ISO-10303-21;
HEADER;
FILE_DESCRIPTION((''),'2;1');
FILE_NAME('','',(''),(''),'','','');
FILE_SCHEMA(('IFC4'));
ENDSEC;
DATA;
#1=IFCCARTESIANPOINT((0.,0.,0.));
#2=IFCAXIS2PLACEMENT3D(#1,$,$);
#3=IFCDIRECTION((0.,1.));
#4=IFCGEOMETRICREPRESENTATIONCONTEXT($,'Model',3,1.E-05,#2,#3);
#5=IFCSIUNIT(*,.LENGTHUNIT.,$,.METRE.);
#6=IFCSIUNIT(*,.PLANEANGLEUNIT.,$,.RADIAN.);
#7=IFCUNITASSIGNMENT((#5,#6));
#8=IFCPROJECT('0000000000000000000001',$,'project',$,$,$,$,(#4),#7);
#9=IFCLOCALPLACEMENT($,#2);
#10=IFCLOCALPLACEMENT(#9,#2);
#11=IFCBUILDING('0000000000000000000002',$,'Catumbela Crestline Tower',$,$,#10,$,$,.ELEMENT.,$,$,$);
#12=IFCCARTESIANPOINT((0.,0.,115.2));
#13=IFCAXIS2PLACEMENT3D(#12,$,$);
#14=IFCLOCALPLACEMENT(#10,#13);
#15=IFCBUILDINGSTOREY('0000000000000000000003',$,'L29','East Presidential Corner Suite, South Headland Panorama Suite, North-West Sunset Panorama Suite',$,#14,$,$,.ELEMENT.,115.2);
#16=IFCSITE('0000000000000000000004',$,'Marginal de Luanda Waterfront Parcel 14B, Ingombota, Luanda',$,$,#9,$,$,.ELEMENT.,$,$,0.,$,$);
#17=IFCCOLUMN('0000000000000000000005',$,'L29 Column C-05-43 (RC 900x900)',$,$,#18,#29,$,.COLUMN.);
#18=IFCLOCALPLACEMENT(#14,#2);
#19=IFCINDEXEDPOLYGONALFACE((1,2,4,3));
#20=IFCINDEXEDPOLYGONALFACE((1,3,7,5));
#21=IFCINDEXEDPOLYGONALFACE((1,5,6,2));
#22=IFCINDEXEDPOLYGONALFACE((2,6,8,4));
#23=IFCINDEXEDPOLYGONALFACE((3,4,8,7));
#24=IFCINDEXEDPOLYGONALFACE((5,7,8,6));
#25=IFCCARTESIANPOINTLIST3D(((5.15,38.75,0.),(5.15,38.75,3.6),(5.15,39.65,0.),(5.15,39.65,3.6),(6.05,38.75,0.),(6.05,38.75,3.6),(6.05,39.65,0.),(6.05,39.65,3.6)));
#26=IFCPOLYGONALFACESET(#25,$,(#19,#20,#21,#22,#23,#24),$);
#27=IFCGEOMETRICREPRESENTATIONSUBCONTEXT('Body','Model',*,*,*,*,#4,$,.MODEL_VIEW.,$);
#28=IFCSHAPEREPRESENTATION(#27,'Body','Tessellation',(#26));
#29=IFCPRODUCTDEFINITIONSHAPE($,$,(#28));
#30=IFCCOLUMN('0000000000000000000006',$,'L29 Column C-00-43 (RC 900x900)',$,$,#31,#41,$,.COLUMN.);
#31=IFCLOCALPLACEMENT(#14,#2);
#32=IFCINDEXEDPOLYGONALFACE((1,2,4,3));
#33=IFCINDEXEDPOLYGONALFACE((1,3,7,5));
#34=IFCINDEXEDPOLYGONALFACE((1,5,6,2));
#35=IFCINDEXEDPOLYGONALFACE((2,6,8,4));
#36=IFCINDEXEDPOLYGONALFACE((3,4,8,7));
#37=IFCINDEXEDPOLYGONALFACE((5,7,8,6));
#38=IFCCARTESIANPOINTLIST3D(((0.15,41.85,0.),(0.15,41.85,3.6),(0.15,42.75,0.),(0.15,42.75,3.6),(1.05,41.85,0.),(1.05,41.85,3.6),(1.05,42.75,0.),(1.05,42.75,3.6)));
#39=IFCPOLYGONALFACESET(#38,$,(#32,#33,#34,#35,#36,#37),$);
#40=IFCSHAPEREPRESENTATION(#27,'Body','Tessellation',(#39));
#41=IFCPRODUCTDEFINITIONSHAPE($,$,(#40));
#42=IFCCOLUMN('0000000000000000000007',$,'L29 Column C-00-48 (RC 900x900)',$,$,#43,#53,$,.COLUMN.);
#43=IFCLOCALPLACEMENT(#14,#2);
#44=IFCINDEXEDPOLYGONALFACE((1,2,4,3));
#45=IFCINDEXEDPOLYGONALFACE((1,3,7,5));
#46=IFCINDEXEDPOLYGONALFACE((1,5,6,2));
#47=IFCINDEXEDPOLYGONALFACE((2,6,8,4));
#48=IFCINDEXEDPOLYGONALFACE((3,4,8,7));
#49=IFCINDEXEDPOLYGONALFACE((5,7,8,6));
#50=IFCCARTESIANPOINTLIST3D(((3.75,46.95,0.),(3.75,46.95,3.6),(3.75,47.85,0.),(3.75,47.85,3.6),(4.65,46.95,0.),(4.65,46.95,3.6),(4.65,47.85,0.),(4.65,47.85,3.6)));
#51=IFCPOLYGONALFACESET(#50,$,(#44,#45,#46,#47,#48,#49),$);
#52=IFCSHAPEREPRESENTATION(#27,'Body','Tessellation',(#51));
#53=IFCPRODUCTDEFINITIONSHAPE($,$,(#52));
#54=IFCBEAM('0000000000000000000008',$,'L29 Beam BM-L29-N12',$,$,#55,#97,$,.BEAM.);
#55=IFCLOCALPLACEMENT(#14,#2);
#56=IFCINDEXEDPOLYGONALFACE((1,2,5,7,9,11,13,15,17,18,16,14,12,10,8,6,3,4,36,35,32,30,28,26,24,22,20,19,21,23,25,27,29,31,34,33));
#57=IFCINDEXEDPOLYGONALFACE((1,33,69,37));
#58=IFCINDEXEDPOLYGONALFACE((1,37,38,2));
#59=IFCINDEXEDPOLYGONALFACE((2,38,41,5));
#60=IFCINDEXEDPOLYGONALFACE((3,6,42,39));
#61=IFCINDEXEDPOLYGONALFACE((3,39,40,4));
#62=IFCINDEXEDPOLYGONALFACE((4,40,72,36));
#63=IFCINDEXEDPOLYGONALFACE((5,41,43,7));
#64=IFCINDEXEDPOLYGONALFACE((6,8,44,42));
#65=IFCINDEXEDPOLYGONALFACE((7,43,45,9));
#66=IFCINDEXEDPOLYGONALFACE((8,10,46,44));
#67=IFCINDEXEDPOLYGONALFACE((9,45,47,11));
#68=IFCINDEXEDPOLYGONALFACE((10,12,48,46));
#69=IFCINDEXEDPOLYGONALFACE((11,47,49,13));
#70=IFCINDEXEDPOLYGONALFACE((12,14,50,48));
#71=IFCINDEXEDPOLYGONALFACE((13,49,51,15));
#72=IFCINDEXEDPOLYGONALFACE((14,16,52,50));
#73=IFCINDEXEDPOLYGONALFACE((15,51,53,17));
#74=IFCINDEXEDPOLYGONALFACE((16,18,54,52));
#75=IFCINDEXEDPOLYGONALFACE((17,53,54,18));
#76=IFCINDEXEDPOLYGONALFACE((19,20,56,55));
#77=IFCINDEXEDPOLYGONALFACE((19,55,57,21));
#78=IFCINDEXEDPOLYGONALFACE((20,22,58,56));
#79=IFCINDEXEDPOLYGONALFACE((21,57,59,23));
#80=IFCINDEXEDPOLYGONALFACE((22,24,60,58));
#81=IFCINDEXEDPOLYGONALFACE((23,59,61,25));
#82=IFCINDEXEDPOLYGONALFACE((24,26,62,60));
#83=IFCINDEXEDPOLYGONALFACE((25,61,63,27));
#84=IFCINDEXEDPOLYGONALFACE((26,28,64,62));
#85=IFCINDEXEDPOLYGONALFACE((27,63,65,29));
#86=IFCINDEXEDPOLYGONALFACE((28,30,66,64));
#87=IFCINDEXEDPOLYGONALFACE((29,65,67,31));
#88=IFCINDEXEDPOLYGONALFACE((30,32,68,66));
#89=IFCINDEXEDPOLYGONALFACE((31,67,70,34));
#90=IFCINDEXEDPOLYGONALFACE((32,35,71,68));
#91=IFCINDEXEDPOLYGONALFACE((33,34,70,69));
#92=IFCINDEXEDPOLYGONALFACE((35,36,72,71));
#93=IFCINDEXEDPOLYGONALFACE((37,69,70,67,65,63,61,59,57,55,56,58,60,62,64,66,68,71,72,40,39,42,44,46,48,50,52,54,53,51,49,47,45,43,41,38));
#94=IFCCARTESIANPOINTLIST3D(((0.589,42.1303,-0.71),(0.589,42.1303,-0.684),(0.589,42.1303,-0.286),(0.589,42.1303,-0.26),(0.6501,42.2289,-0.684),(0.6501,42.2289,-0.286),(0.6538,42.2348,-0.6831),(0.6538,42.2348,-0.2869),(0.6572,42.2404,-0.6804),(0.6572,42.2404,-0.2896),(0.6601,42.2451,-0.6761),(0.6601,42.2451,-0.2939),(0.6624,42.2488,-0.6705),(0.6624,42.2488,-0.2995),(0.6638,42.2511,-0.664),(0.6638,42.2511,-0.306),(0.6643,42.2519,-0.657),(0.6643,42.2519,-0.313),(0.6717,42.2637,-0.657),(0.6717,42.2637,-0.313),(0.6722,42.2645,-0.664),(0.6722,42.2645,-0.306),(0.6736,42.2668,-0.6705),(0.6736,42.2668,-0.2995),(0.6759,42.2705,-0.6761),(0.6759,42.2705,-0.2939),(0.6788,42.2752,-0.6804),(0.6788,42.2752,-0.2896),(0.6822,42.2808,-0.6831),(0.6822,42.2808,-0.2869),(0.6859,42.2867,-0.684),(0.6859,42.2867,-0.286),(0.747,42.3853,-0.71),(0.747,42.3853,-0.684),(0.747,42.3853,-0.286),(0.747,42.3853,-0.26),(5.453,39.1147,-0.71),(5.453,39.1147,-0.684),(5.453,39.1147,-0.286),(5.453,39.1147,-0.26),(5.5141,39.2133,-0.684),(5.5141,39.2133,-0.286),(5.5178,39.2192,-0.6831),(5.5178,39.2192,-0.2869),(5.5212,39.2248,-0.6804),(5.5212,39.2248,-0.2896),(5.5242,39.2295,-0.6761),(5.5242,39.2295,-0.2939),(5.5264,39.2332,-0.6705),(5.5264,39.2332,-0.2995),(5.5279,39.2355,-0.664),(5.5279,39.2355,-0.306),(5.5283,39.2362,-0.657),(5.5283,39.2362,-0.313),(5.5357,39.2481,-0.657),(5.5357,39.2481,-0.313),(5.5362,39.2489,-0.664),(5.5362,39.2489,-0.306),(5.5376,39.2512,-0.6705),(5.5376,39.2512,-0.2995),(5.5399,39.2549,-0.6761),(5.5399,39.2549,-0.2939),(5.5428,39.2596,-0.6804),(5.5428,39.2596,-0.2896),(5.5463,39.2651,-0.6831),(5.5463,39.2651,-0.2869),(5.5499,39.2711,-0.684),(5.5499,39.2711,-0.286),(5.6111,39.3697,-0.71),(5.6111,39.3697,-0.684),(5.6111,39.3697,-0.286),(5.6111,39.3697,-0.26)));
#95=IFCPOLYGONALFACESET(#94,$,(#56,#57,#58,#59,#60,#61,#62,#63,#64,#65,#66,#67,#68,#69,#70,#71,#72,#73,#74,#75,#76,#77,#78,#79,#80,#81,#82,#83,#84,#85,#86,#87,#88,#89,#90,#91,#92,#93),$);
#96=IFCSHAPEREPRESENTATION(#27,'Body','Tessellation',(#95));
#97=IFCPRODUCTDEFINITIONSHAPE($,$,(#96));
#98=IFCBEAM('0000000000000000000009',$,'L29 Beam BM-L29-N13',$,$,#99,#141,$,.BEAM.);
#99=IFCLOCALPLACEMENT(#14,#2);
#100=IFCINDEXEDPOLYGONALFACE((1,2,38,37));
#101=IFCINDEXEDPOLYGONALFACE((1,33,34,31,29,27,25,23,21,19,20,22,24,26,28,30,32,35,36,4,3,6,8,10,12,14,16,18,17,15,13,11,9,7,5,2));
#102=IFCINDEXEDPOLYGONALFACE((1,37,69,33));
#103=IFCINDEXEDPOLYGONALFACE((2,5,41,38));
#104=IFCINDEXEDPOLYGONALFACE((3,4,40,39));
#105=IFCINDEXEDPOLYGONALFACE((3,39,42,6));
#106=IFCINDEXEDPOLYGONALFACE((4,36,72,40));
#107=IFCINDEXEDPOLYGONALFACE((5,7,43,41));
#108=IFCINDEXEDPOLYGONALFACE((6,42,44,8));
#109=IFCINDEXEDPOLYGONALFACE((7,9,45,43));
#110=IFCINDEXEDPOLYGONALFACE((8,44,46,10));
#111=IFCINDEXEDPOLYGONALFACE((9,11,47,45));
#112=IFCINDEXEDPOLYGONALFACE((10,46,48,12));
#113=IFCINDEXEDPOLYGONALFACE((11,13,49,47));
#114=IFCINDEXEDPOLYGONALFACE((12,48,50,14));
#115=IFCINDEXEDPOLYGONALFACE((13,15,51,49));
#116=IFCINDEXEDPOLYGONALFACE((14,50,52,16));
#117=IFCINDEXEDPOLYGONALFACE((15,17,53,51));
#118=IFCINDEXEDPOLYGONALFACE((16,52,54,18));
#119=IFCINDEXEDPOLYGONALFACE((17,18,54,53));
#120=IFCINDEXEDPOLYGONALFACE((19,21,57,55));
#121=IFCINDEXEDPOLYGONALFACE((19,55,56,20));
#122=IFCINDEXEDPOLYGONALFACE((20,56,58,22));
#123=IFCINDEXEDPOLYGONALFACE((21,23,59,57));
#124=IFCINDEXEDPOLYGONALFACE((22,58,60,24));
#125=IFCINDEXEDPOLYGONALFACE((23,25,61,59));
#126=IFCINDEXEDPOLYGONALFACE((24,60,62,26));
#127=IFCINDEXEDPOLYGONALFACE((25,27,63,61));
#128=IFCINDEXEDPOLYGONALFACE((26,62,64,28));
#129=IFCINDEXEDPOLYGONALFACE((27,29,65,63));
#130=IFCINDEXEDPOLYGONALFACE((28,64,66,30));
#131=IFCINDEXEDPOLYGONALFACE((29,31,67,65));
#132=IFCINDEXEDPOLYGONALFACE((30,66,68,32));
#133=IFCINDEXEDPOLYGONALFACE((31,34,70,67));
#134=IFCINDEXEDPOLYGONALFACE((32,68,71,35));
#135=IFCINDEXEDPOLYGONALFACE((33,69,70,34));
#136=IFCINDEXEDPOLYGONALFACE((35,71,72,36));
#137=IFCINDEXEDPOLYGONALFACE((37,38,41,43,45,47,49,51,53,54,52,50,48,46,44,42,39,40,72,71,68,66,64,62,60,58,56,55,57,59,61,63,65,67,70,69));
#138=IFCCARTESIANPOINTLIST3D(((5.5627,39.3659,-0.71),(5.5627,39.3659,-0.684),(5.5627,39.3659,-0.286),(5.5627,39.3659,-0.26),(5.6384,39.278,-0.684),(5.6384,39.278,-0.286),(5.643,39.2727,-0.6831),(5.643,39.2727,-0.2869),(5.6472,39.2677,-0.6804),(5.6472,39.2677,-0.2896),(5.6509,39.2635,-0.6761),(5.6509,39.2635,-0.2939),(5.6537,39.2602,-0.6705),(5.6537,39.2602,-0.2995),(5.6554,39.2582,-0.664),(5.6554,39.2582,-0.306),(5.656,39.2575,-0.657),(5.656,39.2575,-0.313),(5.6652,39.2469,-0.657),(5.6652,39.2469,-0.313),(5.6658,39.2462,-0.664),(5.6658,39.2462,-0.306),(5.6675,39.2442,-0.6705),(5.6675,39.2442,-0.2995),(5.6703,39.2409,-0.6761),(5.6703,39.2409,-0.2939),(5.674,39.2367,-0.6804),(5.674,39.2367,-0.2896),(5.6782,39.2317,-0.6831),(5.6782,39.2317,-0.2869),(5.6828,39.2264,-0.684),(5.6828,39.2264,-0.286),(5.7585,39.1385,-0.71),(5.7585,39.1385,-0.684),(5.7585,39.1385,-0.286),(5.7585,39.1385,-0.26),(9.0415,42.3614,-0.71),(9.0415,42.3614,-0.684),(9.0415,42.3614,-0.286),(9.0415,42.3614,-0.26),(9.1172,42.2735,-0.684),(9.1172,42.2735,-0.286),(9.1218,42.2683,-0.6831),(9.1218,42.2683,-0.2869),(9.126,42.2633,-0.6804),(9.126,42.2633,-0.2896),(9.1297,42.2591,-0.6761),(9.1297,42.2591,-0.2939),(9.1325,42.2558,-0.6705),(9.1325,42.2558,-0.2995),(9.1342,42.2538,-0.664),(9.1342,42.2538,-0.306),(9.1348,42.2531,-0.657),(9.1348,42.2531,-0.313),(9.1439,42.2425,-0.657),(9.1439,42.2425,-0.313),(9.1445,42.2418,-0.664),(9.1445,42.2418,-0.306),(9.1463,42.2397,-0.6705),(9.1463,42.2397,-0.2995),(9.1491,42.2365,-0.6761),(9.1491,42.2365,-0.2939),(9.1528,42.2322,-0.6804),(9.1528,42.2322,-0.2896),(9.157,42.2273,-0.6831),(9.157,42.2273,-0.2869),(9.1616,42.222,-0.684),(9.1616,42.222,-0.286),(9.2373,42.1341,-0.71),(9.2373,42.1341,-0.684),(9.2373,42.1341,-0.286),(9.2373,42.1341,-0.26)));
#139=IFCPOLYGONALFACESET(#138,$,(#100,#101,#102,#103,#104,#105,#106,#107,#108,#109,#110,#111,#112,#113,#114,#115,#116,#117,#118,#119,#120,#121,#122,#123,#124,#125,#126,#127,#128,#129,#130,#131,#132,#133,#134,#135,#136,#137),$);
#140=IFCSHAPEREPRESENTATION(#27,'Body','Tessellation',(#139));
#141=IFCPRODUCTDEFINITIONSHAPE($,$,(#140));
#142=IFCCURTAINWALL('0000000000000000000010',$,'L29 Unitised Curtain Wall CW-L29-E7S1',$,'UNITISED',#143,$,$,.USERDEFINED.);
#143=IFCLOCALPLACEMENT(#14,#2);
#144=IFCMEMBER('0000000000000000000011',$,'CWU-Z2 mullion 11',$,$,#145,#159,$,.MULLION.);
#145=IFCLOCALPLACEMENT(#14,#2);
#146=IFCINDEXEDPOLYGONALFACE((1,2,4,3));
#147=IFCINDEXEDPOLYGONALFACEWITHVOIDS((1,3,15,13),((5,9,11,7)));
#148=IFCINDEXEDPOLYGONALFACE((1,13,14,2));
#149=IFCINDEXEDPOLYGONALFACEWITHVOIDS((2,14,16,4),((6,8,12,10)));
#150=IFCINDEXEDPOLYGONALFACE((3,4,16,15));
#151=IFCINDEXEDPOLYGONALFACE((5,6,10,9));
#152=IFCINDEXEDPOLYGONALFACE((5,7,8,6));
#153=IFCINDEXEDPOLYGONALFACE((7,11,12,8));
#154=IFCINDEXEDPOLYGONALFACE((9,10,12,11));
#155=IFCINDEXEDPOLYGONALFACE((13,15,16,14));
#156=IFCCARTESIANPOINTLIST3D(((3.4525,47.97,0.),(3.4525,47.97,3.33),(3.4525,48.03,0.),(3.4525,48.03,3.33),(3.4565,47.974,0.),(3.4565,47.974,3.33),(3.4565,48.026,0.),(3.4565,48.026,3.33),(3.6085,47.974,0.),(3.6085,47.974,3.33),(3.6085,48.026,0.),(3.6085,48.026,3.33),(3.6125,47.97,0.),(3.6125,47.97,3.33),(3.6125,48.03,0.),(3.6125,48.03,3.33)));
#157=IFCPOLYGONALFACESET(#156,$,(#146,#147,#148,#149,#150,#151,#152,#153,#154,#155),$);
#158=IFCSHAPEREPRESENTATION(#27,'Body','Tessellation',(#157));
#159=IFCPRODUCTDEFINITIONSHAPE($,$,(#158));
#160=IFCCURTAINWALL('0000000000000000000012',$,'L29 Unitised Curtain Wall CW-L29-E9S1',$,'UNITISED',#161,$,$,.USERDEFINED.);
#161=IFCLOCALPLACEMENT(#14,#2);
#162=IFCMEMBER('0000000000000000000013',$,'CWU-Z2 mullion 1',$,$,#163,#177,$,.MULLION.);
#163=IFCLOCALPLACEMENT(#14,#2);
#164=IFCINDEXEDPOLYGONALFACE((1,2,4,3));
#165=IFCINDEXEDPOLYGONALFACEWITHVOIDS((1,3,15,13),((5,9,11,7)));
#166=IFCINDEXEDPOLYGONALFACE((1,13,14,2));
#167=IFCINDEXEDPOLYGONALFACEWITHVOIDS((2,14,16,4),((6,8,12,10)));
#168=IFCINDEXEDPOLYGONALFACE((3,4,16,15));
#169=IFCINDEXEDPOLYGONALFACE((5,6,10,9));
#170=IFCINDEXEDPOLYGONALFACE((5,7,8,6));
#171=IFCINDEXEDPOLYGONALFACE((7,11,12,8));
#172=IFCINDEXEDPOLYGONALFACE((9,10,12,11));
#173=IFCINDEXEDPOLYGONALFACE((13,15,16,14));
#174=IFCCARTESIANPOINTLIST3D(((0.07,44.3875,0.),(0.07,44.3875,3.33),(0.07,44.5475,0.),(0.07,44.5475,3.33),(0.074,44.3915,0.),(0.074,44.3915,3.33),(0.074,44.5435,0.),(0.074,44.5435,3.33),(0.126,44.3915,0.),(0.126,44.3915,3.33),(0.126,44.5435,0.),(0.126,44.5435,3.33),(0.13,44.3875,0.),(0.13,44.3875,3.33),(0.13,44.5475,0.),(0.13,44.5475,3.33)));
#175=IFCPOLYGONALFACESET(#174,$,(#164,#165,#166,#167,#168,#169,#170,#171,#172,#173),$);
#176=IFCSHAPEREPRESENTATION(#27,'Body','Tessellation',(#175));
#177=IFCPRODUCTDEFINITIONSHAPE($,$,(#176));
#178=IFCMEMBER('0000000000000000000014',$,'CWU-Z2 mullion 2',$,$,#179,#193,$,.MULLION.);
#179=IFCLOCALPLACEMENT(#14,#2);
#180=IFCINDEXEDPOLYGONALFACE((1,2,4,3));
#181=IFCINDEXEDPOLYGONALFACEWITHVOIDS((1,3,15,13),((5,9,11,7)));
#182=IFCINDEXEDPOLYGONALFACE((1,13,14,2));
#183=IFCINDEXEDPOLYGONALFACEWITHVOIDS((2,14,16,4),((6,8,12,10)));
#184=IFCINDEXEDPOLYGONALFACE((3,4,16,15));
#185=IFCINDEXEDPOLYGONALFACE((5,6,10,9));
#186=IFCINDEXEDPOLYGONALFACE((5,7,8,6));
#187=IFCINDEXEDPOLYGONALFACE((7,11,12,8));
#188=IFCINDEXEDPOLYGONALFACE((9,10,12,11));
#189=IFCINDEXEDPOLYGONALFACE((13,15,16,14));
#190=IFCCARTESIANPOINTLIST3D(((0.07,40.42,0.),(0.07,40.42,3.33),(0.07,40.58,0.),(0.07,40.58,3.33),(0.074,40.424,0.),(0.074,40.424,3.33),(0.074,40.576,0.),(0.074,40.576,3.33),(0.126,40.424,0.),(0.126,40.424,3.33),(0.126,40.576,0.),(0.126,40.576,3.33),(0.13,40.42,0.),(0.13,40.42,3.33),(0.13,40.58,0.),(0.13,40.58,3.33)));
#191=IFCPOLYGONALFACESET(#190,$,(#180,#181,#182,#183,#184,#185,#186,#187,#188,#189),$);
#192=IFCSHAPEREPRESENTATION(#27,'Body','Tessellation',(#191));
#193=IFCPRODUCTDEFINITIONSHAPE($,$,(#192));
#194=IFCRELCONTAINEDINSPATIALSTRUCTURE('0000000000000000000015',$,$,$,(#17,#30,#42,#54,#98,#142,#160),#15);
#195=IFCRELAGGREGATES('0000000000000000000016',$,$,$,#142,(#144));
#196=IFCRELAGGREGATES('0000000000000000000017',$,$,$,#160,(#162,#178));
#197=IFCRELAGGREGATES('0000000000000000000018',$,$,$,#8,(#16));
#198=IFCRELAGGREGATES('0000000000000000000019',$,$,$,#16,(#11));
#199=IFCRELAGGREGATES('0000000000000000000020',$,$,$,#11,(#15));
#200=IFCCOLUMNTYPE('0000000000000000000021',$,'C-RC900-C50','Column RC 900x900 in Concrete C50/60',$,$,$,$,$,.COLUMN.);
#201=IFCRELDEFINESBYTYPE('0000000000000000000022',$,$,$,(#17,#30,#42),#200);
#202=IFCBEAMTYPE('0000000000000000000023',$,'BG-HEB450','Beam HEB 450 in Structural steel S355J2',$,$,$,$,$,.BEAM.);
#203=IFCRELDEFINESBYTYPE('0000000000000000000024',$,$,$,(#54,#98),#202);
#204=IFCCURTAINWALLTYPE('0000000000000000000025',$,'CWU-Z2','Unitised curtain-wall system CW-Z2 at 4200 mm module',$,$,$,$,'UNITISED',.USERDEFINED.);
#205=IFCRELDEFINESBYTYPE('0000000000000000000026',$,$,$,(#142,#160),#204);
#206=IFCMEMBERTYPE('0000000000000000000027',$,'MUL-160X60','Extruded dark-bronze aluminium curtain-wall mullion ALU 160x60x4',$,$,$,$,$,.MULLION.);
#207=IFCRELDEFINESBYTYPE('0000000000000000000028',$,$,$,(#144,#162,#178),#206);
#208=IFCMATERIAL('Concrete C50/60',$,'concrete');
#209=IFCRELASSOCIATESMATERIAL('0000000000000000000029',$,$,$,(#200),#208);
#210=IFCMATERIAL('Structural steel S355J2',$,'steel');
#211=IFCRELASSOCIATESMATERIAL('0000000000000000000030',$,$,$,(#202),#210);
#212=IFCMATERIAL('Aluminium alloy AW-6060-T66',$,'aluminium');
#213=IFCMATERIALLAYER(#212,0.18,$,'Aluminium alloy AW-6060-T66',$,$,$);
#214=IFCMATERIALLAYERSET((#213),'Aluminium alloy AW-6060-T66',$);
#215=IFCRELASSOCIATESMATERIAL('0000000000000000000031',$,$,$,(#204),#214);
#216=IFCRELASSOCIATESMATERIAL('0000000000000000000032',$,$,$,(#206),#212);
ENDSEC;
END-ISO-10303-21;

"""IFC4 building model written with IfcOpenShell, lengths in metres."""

from ifc_helpers import new_model, si_unit, direction, frame, origin, origin_2d, place, context, subcontext, project, spatial, rectangle, hollow_rectangle, i_section, extrude, material, layer, layer_set, material_profile, profile_set, type_object, element, aggregate, save


model = new_model("IFC4")

# Units and contexts
model_context = context("Model", 3, precision=1e-05, world=origin(), true_north=direction((0.0, 1.0)))
body_context = subcontext(model_context, "Body", "Model", "MODEL_VIEW")
ifc_project = project(units=[si_unit("LENGTHUNIT", "METRE"), si_unit("PLANEANGLEUNIT", "RADIAN")], contexts=[model_context])

# Site, building, storey
site_placement = place(None, origin())
site = spatial("IfcSite", under=ifc_project, at=site_placement, Name="Marginal de Luanda Waterfront Parcel 14B, Ingombota, Luanda", CompositionType="ELEMENT", RefElevation=0.0)
building_placement = place(site_placement, origin())
building = spatial("IfcBuilding", under=site, at=building_placement, Name="Catumbela Crestline Tower", CompositionType="ELEMENT")
storey_placement = place(building_placement, frame((0.0, 0.0, 115.2)))
storey = spatial("IfcBuildingStorey", under=building, at=storey_placement, Name="L29", Description="East Presidential Corner Suite, South Headland Panorama Suite, North-West Sunset Panorama Suite", CompositionType="ELEMENT", Elevation=115.2)

# Columns
ifc_material_1 = material(Name="Concrete C50/60", Category="concrete")
ifc_material_profile_1 = material_profile(ifc_material_1, rectangle(XDim=0.9, YDim=0.9, at=origin_2d()), Name="RC 900x900")
ifc_profile_set_1 = profile_set([ifc_material_profile_1], Name="Concrete C50/60")
column_type = type_object("IfcColumnType", Name="C-RC900-C50", Description="Column RC 900x900 in Concrete C50/60", PredefinedType="COLUMN", material=ifc_profile_set_1)
for number, where, z_axis, x_axis, name in (
    (1, (5.6, 39.2, 0.0), (0.0, 0.0, 1.0), (1.0, 0.0, 0.0), "L29 Column C-05-43 (RC 900x900)"),
    (2, (0.6, 42.3, 0.0), (0.0, 0.0, 1.0), (1.0, 0.0, 0.0), "L29 Column C-00-43 (RC 900x900)"),
    (3, (4.2, 47.4, 0.0), (0.0, 0.0, 1.0), (1.0, 0.0, 0.0), "L29 Column C-00-48 (RC 900x900)"),
):
    element("IfcColumn", number, at=place(storey_placement, frame(where, z_axis=z_axis, x_axis=x_axis)), inside=storey, type_object=column_type, Name=name, PredefinedType="COLUMN", context=body_context, shape_type="SweptSolid", body=[
        extrude(rectangle(XDim=0.9, YDim=0.9, at=origin_2d()), origin(), (0.0, 0.0, 1.0), 3.6),
    ])

# Beams
ifc_material_2 = material(Name="Structural steel S355J2", Category="steel")
ifc_material_profile_2 = material_profile(ifc_material_2, i_section(OverallWidth=0.3, OverallDepth=0.45, WebThickness=0.014, FlangeThickness=0.026, FilletRadius=0.027, at=origin_2d()), Name="HEB 450")
ifc_profile_set_2 = profile_set([ifc_material_profile_2], Name="Structural steel S355J2")
beam_type_1 = type_object("IfcBeamType", Name="BG-HEB450", Description="Beam HEB 450 in Structural steel S355J2", PredefinedType="BEAM", material=ifc_profile_set_2)
beam_1_placement = place(storey_placement, frame((0.668, 42.2578, -0.485), z_axis=(0.849909, -0.52693, 0.0), x_axis=(0.52693, 0.849909, 0.0)))
element("IfcBeam", 4, at=beam_1_placement, inside=storey, type_object=beam_type_1, Name="L29 Beam BM-L29-N12", PredefinedType="BEAM", context=body_context, shape_type="SweptSolid", body=[
    extrude(i_section(OverallWidth=0.3, OverallDepth=0.45, WebThickness=0.014, FlangeThickness=0.026, FilletRadius=0.027, at=origin_2d()), origin(), (0.0, 0.0, 1.0), 5.723),
])
beam_2_placement = place(storey_placement, frame((5.6606, 39.2522, -0.485), z_axis=(0.757772, 0.652519, 0.0), x_axis=(-0.652519, 0.757772, 0.0)))
element("IfcBeam", 5, at=beam_2_placement, inside=storey, type_object=beam_type_1, Name="L29 Beam BM-L29-N13", PredefinedType="BEAM", context=body_context, shape_type="SweptSolid", body=[
    extrude(i_section(OverallWidth=0.3, OverallDepth=0.45, WebThickness=0.014, FlangeThickness=0.026, FilletRadius=0.027, at=origin_2d()), origin(), (0.0, 0.0, 1.0), 4.5908),
])

# Curtain wall, member
ifc_material_3 = material(Name="Aluminium alloy AW-6060-T66", Category="aluminium")
ifc_layer_1 = layer(ifc_material_3, 0.18, Name="Aluminium alloy AW-6060-T66")
ifc_layer_set_1 = layer_set([ifc_layer_1], Name="Aluminium alloy AW-6060-T66")
curtain_wall_type = type_object("IfcCurtainWallType", Name="CWU-Z2", Description="Unitised curtain-wall system CW-Z2 at 4200 mm module", ElementType="UNITISED", PredefinedType="USERDEFINED", material=ifc_layer_set_1)
curtain_wall_1_placement = place(storey_placement, origin())
curtain_wall_1 = element("IfcCurtainWall", 6, at=curtain_wall_1_placement, inside=storey, type_object=curtain_wall_type, Name="L29 Unitised Curtain Wall CW-L29-E7S1", ObjectType="UNITISED", PredefinedType="USERDEFINED")
ifc_material_profile_3 = material_profile(ifc_material_3, hollow_rectangle(XDim=0.06, YDim=0.16, WallThickness=0.004, at=origin_2d()), Name="ALU 160x60x4")
ifc_profile_set_3 = profile_set([ifc_material_profile_3], Name="Aluminium alloy AW-6060-T66")
member_type_1 = type_object("IfcMemberType", Name="MUL-160X60", Description="Extruded dark-bronze aluminium curtain-wall mullion ALU 160x60x4", PredefinedType="MULLION", material=ifc_profile_set_3)
member_1_placement = place(storey_placement, frame((3.5325, 48.0, 0.0), z_axis=(0.0, 0.0, 1.0), x_axis=(0.0, -1.0, 0.0)))
member_1 = element("IfcMember", 7, at=member_1_placement, type_object=member_type_1, Name="CWU-Z2 mullion 11", PredefinedType="MULLION", context=body_context, shape_type="SweptSolid", body=[
    extrude(hollow_rectangle(XDim=0.06, YDim=0.16, WallThickness=0.004, at=origin_2d()), origin(), (0.0, 0.0, 1.0), 3.33),
])

# Curtain wall, members
curtain_wall_2_placement = place(storey_placement, origin())
curtain_wall_2 = element("IfcCurtainWall", 8, at=curtain_wall_2_placement, inside=storey, type_object=curtain_wall_type, Name="L29 Unitised Curtain Wall CW-L29-E9S1", ObjectType="UNITISED", PredefinedType="USERDEFINED")
member_2_placement = place(storey_placement, frame((0.1, 44.4675, 0.0), z_axis=(0.0, 0.0, 1.0), x_axis=(1.0, 0.0, 0.0)))
member_2 = element("IfcMember", 9, at=member_2_placement, type_object=member_type_1, Name="CWU-Z2 mullion 1", PredefinedType="MULLION", context=body_context, shape_type="SweptSolid", body=[
    extrude(hollow_rectangle(XDim=0.06, YDim=0.16, WallThickness=0.004, at=origin_2d()), origin(), (0.0, 0.0, 1.0), 3.33),
])
member_3_placement = place(storey_placement, frame((0.1, 40.5, 0.0), z_axis=(0.0, 0.0, 1.0), x_axis=(1.0, 0.0, 0.0)))
member_3 = element("IfcMember", 10, at=member_3_placement, type_object=member_type_1, Name="CWU-Z2 mullion 2", PredefinedType="MULLION", context=body_context, shape_type="SweptSolid", body=[
    extrude(hollow_rectangle(XDim=0.06, YDim=0.16, WallThickness=0.004, at=origin_2d()), origin(), (0.0, 0.0, 1.0), 3.33),
])

aggregate(curtain_wall_1, [member_1])
aggregate(curtain_wall_2, [member_2, member_3])

save(model, "model.ifc")
